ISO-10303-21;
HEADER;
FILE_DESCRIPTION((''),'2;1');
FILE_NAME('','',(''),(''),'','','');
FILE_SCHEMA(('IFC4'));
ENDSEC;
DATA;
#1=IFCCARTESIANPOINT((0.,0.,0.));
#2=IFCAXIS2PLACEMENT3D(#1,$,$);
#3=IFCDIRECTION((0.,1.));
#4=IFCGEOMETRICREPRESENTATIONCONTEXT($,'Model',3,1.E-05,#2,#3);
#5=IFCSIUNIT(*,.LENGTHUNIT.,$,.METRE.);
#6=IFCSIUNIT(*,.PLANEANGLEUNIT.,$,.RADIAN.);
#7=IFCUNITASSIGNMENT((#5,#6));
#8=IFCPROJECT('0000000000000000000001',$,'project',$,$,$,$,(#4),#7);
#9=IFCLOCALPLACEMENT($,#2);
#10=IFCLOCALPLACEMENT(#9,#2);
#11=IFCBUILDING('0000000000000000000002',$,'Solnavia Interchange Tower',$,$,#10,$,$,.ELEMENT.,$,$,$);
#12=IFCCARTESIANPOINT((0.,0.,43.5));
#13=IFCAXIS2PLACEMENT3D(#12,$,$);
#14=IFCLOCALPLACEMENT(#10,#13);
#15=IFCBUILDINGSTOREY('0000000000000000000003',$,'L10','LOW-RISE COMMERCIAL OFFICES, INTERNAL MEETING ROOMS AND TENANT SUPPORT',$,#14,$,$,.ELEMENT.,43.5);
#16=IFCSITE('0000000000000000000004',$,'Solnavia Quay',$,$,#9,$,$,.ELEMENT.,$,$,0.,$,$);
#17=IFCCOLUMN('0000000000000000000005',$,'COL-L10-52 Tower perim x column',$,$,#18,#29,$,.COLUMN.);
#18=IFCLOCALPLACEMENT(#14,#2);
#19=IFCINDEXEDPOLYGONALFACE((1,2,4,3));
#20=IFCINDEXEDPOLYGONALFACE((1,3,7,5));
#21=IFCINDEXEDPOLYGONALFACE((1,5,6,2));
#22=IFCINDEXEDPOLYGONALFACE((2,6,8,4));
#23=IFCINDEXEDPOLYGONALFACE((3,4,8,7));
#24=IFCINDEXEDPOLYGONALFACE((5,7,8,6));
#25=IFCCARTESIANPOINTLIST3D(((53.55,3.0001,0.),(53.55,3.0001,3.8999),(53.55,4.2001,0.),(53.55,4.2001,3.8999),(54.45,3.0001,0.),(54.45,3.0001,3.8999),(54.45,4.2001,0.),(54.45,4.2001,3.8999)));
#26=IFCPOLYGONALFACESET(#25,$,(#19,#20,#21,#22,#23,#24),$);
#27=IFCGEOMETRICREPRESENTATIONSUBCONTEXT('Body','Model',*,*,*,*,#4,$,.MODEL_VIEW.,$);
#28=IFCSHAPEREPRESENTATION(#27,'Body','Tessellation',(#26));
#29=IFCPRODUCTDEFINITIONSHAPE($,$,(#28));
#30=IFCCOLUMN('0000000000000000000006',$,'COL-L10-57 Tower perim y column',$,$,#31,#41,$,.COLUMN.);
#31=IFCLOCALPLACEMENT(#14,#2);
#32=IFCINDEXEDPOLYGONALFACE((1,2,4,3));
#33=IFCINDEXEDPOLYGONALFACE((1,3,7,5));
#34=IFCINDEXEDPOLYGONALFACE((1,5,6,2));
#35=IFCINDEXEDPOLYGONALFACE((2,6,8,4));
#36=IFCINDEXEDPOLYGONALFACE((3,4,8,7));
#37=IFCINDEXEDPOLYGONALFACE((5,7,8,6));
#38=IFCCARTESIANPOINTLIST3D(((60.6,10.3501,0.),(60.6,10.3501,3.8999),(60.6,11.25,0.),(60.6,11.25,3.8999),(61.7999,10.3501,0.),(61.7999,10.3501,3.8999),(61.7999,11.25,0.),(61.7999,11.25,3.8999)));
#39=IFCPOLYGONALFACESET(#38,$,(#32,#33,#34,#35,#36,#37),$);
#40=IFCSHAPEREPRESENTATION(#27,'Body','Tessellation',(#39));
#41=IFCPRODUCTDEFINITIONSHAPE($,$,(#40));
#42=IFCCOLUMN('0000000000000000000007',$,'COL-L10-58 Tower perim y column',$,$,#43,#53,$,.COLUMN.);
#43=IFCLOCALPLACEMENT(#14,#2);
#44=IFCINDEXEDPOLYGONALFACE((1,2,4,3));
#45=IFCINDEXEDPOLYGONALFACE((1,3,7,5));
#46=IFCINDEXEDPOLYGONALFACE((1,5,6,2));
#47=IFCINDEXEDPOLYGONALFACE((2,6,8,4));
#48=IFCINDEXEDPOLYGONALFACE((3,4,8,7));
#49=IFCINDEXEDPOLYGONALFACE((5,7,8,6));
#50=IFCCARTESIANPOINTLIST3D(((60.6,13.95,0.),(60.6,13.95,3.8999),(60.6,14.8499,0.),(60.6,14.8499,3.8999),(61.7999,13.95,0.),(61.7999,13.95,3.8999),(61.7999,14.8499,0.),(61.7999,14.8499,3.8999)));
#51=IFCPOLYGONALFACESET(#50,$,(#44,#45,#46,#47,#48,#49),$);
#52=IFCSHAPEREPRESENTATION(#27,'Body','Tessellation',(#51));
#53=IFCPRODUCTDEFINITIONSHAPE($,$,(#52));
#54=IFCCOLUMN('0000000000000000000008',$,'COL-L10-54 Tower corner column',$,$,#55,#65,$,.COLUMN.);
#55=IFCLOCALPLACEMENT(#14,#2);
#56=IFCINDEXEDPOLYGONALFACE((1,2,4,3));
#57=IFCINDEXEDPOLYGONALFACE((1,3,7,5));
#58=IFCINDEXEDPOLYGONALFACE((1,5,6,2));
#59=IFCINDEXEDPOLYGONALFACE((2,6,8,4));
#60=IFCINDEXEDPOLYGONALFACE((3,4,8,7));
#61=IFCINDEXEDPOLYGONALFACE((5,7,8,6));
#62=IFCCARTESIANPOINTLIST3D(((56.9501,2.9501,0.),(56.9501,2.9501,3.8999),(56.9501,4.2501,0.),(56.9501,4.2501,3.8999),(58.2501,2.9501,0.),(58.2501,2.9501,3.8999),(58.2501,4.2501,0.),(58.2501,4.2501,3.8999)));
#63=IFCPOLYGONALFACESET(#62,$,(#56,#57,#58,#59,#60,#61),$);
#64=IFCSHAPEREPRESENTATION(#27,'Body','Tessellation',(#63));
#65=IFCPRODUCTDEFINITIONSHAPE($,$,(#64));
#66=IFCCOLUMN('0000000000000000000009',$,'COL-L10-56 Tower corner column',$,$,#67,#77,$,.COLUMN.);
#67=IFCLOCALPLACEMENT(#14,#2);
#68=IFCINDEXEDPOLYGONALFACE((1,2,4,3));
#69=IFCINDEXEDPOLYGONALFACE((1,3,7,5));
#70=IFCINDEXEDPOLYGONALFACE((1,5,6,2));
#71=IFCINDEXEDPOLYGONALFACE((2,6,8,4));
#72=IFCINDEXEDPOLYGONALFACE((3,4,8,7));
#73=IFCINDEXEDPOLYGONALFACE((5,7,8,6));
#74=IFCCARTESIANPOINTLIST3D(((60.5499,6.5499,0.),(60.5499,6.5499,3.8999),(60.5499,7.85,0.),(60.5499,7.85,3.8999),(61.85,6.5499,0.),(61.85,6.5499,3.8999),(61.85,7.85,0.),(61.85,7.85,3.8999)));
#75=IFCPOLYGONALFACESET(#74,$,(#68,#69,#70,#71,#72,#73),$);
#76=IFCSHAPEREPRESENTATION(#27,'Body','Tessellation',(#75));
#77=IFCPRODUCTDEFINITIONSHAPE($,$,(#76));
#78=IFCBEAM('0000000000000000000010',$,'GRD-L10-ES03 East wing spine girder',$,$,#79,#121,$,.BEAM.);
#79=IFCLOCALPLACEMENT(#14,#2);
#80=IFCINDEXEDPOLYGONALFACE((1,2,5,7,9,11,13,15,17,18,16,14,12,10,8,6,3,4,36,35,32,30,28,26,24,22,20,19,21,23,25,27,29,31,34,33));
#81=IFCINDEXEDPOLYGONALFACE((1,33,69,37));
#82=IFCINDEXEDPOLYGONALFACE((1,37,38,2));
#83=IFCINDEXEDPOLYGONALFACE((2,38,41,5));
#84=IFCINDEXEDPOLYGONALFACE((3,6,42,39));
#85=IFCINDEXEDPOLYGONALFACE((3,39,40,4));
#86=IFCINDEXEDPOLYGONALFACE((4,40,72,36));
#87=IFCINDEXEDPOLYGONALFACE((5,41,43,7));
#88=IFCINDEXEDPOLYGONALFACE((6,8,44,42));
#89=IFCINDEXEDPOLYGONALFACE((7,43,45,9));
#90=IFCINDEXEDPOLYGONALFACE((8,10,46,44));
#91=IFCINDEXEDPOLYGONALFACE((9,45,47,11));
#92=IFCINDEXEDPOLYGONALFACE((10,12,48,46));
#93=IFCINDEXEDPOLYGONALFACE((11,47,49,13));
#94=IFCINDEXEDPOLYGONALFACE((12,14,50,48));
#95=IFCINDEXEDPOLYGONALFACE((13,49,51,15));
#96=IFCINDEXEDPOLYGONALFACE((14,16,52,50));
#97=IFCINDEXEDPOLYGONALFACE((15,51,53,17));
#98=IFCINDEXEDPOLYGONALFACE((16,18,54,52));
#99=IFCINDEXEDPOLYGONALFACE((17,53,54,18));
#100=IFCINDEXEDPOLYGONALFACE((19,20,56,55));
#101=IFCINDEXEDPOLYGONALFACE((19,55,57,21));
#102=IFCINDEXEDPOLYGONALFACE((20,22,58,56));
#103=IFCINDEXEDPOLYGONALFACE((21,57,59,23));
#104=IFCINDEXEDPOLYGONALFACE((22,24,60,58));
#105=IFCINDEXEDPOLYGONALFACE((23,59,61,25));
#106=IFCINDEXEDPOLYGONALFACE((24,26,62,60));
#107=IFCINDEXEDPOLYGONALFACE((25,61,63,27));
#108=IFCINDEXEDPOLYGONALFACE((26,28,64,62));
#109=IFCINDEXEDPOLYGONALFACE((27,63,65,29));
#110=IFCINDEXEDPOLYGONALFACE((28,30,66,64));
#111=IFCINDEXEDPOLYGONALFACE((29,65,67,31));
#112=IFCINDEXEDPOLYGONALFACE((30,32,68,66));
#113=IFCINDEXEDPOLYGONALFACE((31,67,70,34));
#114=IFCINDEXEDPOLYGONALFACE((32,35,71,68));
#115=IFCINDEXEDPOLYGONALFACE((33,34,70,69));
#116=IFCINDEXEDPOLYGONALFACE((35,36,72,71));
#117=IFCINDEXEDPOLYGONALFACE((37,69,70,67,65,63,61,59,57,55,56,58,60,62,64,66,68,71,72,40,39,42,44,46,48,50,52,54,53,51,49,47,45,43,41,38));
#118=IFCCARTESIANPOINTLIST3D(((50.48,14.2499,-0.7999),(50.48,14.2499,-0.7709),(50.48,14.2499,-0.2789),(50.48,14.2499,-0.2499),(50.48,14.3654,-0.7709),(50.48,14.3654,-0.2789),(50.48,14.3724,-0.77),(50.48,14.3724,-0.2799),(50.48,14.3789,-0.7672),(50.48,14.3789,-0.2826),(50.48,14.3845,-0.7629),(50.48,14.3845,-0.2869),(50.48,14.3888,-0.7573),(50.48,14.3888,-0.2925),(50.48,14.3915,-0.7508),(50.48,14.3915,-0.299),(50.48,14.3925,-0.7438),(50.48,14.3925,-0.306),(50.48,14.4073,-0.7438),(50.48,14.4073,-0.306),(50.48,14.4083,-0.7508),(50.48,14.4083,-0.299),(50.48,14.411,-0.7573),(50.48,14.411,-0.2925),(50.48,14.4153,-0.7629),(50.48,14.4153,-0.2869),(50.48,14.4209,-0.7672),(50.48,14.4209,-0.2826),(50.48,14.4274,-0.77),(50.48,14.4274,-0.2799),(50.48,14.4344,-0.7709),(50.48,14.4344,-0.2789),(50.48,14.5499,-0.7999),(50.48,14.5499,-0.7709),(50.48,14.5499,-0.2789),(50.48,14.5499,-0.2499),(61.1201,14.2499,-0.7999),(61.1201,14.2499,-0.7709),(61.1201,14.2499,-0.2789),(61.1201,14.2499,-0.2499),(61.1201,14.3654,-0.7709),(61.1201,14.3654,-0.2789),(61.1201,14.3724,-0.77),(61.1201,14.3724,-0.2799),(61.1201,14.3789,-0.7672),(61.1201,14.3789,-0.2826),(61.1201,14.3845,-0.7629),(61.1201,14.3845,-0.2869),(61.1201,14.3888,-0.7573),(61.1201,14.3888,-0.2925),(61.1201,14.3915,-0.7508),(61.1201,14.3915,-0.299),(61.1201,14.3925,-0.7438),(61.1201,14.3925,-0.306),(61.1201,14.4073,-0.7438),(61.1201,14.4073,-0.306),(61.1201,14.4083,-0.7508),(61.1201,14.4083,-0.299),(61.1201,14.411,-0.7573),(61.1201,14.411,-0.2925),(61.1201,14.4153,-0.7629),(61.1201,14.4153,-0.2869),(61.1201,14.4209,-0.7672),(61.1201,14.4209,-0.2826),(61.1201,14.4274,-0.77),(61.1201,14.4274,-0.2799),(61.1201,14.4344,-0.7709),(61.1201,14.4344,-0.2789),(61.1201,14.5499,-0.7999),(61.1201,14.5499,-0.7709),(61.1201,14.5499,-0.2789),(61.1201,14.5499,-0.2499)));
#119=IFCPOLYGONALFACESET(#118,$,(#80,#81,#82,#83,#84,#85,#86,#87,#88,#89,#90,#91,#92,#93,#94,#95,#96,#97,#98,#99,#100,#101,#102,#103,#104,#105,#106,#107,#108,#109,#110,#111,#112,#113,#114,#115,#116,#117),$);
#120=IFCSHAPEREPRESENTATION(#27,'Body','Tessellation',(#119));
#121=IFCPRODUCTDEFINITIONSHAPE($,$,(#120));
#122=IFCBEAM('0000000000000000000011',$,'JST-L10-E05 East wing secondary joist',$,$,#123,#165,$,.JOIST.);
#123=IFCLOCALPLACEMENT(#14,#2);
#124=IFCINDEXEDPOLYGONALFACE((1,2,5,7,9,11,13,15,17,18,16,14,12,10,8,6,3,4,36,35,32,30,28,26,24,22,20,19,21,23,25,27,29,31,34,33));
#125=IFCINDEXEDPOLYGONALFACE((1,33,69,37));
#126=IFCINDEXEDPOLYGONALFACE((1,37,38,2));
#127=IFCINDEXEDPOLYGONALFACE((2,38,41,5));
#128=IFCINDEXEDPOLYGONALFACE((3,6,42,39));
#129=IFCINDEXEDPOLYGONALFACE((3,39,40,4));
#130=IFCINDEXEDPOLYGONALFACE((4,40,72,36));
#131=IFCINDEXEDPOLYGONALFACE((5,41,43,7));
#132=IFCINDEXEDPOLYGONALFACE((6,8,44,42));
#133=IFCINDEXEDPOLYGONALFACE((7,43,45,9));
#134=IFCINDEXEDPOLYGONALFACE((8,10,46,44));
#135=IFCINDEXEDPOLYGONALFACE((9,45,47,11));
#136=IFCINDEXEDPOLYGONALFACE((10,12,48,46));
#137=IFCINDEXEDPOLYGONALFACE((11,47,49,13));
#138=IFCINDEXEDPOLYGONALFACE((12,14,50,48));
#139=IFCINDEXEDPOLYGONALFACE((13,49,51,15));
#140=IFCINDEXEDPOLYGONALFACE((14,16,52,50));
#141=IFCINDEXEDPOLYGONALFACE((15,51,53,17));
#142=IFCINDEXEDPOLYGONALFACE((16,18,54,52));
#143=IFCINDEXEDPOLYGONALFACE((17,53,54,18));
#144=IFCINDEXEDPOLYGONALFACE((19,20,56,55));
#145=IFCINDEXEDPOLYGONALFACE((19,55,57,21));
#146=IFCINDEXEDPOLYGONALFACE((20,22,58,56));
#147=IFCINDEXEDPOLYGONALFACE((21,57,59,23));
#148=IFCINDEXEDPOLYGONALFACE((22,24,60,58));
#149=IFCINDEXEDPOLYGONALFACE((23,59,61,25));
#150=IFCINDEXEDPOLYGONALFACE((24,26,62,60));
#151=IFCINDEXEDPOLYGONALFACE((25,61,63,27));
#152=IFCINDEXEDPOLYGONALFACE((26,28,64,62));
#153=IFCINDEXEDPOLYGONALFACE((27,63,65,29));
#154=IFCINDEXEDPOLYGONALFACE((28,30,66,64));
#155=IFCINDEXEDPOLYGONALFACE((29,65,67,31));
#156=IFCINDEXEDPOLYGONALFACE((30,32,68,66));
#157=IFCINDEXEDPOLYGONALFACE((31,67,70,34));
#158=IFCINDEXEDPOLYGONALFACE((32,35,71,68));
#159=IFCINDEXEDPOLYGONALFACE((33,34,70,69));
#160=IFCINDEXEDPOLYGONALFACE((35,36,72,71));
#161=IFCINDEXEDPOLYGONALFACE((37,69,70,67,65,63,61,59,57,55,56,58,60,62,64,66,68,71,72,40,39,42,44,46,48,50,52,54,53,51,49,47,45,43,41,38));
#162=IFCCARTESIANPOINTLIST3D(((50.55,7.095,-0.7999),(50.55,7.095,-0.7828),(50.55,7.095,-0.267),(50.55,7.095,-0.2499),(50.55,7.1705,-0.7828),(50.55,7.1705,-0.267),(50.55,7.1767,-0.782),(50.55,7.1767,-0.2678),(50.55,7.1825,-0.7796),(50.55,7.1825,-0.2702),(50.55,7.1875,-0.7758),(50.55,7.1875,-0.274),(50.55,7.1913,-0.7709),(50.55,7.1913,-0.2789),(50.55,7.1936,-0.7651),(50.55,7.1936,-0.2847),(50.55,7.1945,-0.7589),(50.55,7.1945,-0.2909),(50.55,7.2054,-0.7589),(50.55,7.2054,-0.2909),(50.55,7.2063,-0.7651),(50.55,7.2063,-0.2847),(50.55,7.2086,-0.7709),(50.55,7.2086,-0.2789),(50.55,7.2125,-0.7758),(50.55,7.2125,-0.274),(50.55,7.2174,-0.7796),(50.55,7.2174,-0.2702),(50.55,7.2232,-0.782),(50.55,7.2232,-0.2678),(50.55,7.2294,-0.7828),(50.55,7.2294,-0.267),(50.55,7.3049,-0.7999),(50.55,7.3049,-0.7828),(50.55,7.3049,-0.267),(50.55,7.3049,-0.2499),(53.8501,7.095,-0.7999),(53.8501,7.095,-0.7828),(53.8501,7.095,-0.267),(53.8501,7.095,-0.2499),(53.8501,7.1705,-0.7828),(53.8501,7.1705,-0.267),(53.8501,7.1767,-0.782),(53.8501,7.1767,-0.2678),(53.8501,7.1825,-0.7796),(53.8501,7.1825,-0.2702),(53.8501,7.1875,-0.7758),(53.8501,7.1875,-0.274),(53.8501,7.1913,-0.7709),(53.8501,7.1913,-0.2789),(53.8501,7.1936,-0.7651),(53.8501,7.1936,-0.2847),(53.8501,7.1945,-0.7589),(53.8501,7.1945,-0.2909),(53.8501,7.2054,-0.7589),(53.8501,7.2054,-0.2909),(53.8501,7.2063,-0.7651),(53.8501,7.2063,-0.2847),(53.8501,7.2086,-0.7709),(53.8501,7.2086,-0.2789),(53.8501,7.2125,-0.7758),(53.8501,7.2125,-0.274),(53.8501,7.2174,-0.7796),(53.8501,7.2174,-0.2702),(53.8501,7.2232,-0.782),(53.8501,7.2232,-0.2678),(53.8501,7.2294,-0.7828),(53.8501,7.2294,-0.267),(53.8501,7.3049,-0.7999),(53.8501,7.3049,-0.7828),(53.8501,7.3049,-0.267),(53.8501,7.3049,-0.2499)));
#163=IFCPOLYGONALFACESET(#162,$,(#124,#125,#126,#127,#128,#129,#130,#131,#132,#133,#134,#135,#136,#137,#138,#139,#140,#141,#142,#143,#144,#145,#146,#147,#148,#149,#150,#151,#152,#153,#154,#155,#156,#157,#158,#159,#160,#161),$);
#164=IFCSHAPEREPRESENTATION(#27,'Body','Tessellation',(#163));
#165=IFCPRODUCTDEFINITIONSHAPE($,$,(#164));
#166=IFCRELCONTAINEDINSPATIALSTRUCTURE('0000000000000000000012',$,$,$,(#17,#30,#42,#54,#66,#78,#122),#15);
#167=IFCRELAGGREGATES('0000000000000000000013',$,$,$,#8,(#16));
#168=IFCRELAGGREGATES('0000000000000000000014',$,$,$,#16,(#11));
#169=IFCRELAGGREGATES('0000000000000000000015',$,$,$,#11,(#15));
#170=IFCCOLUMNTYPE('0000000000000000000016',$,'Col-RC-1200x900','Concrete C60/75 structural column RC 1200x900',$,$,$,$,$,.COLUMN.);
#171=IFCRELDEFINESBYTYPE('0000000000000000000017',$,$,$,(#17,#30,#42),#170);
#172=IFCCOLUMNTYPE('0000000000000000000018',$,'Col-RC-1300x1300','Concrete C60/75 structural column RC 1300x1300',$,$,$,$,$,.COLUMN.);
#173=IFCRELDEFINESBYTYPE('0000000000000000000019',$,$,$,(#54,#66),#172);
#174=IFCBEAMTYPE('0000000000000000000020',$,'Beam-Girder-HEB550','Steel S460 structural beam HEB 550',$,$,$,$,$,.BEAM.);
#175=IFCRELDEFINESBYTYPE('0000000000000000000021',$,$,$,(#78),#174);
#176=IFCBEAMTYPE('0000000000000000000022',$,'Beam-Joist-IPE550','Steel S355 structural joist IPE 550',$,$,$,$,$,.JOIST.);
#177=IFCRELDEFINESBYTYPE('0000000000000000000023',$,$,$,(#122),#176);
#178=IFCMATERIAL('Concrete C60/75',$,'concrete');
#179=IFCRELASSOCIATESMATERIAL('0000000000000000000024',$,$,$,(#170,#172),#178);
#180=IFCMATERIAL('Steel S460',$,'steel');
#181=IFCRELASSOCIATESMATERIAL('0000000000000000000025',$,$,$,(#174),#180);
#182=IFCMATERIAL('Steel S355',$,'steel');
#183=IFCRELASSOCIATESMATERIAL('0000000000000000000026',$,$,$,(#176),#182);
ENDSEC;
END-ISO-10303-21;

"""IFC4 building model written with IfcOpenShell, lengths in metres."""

from ifc_helpers import new_model, si_unit, direction, frame, origin, origin_2d, place, context, subcontext, project, spatial, rectangle, i_section, extrude, material, material_profile, profile_set, type_object, element, save


model = new_model("IFC4")

# Units and contexts
model_context = context("Model", 3, precision=1e-05, world=origin(), true_north=direction((0.0, 1.0)))
body_context = subcontext(model_context, "Body", "Model", "MODEL_VIEW")
ifc_project = project(units=[si_unit("LENGTHUNIT", "METRE"), si_unit("PLANEANGLEUNIT", "RADIAN")], contexts=[model_context])

# Site, building, storey
site_placement = place(None, origin())
site = spatial("IfcSite", under=ifc_project, at=site_placement, Name="Solnavia Quay", CompositionType="ELEMENT", RefElevation=0.0)
building_placement = place(site_placement, origin())
building = spatial("IfcBuilding", under=site, at=building_placement, Name="Solnavia Interchange Tower", CompositionType="ELEMENT")
storey_placement = place(building_placement, frame((0.0, 0.0, 43.5)))
storey = spatial("IfcBuildingStorey", under=building, at=storey_placement, Name="L10", Description="LOW-RISE COMMERCIAL OFFICES, INTERNAL MEETING ROOMS AND TENANT SUPPORT", CompositionType="ELEMENT", Elevation=43.5)

# Columns
ifc_material_1 = material(Name="Concrete C60/75", Category="concrete")
ifc_material_profile_1 = material_profile(ifc_material_1, rectangle(XDim=0.8999, YDim=1.2, at=origin_2d()), Name="RC 1200x900")
ifc_profile_set_1 = profile_set([ifc_material_profile_1], Name="Concrete C60/75")
column_type_1 = type_object("IfcColumnType", Name="Col-RC-1200x900", Description="Concrete C60/75 structural column RC 1200x900", PredefinedType="COLUMN", material=ifc_profile_set_1)
for number, where, z_axis, x_axis, name in (
    (1, (54.0, 3.6001, 0.0), (0.0, 0.0, 1.0), (1.0, 0.0, 0.0), "COL-L10-52 Tower perim x column"),
    (2, (61.2, 10.8, 0.0), (0.0, 0.0, 1.0), (0.0, 1.0, 0.0), "COL-L10-57 Tower perim y column"),
    (3, (61.2, 14.3999, 0.0), (0.0, 0.0, 1.0), (0.0, 1.0, 0.0), "COL-L10-58 Tower perim y column"),
):
    element("IfcColumn", number, at=place(storey_placement, frame(where, z_axis=z_axis, x_axis=x_axis)), inside=storey, type_object=column_type_1, Name=name, PredefinedType="COLUMN", context=body_context, shape_type="SweptSolid", body=[
        extrude(rectangle(XDim=0.8999, YDim=1.2, at=origin_2d()), origin(), (0.0, 0.0, 1.0), 3.8999),
    ])
ifc_material_profile_2 = material_profile(ifc_material_1, rectangle(XDim=1.3, YDim=1.3, at=origin_2d()), Name="RC 1300x1300")
ifc_profile_set_2 = profile_set([ifc_material_profile_2], Name="Concrete C60/75")
column_type_2 = type_object("IfcColumnType", Name="Col-RC-1300x1300", Description="Concrete C60/75 structural column RC 1300x1300", PredefinedType="COLUMN", material=ifc_profile_set_2)
for number, where, z_axis, x_axis, name in (
    (4, (57.6001, 3.6001, 0.0), (0.0, 0.0, 1.0), (1.0, 0.0, 0.0), "COL-L10-54 Tower corner column"),
    (5, (61.2, 7.2, 0.0), (0.0, 0.0, 1.0), (1.0, 0.0, 0.0), "COL-L10-56 Tower corner column"),
):
    element("IfcColumn", number, at=place(storey_placement, frame(where, z_axis=z_axis, x_axis=x_axis)), inside=storey, type_object=column_type_2, Name=name, PredefinedType="COLUMN", context=body_context, shape_type="SweptSolid", body=[
        extrude(rectangle(XDim=1.3, YDim=1.3, at=origin_2d()), origin(), (0.0, 0.0, 1.0), 3.8999),
    ])

# Beams
ifc_material_2 = material(Name="Steel S460", Category="steel")
ifc_material_profile_3 = material_profile(ifc_material_2, i_section(OverallWidth=0.3, OverallDepth=0.55, WebThickness=0.0149, FlangeThickness=0.0291, FilletRadius=0.0271, at=origin_2d()), Name="HEB 550")
ifc_profile_set_3 = profile_set([ifc_material_profile_3], Name="Steel S460")
beam_type_1 = type_object("IfcBeamType", Name="Beam-Girder-HEB550", Description="Steel S460 structural beam HEB 550", PredefinedType="BEAM", material=ifc_profile_set_3)
beam_1_placement = place(storey_placement, frame((50.48, 14.3999, -0.5249), z_axis=(1.0, 0.0, 0.0), x_axis=(0.0, 1.0, 0.0)))
element("IfcBeam", 6, at=beam_1_placement, inside=storey, type_object=beam_type_1, Name="GRD-L10-ES03 East wing spine girder", PredefinedType="BEAM", context=body_context, shape_type="SweptSolid", body=[
    extrude(i_section(OverallWidth=0.3, OverallDepth=0.55, WebThickness=0.0149, FlangeThickness=0.0291, FilletRadius=0.0271, at=origin_2d()), origin(), (0.0, 0.0, 1.0), 10.6401),
])
ifc_material_3 = material(Name="Steel S355", Category="steel")
ifc_material_profile_4 = material_profile(ifc_material_3, i_section(OverallWidth=0.21, OverallDepth=0.55, WebThickness=0.011, FlangeThickness=0.0171, FilletRadius=0.0239, at=origin_2d()), Name="IPE 550")
ifc_profile_set_4 = profile_set([ifc_material_profile_4], Name="Steel S355")
beam_type_2 = type_object("IfcBeamType", Name="Beam-Joist-IPE550", Description="Steel S355 structural joist IPE 550", PredefinedType="JOIST", material=ifc_profile_set_4)
beam_2_placement = place(storey_placement, frame((50.55, 7.2, -0.5249), z_axis=(1.0, 0.0, 0.0), x_axis=(0.0, 1.0, 0.0)))
element("IfcBeam", 7, at=beam_2_placement, inside=storey, type_object=beam_type_2, Name="JST-L10-E05 East wing secondary joist", PredefinedType="JOIST", context=body_context, shape_type="SweptSolid", body=[
    extrude(i_section(OverallWidth=0.21, OverallDepth=0.55, WebThickness=0.011, FlangeThickness=0.0171, FilletRadius=0.0239, at=origin_2d()), origin(), (0.0, 0.0, 1.0), 3.3),
])

save(model, "model.ifc")
